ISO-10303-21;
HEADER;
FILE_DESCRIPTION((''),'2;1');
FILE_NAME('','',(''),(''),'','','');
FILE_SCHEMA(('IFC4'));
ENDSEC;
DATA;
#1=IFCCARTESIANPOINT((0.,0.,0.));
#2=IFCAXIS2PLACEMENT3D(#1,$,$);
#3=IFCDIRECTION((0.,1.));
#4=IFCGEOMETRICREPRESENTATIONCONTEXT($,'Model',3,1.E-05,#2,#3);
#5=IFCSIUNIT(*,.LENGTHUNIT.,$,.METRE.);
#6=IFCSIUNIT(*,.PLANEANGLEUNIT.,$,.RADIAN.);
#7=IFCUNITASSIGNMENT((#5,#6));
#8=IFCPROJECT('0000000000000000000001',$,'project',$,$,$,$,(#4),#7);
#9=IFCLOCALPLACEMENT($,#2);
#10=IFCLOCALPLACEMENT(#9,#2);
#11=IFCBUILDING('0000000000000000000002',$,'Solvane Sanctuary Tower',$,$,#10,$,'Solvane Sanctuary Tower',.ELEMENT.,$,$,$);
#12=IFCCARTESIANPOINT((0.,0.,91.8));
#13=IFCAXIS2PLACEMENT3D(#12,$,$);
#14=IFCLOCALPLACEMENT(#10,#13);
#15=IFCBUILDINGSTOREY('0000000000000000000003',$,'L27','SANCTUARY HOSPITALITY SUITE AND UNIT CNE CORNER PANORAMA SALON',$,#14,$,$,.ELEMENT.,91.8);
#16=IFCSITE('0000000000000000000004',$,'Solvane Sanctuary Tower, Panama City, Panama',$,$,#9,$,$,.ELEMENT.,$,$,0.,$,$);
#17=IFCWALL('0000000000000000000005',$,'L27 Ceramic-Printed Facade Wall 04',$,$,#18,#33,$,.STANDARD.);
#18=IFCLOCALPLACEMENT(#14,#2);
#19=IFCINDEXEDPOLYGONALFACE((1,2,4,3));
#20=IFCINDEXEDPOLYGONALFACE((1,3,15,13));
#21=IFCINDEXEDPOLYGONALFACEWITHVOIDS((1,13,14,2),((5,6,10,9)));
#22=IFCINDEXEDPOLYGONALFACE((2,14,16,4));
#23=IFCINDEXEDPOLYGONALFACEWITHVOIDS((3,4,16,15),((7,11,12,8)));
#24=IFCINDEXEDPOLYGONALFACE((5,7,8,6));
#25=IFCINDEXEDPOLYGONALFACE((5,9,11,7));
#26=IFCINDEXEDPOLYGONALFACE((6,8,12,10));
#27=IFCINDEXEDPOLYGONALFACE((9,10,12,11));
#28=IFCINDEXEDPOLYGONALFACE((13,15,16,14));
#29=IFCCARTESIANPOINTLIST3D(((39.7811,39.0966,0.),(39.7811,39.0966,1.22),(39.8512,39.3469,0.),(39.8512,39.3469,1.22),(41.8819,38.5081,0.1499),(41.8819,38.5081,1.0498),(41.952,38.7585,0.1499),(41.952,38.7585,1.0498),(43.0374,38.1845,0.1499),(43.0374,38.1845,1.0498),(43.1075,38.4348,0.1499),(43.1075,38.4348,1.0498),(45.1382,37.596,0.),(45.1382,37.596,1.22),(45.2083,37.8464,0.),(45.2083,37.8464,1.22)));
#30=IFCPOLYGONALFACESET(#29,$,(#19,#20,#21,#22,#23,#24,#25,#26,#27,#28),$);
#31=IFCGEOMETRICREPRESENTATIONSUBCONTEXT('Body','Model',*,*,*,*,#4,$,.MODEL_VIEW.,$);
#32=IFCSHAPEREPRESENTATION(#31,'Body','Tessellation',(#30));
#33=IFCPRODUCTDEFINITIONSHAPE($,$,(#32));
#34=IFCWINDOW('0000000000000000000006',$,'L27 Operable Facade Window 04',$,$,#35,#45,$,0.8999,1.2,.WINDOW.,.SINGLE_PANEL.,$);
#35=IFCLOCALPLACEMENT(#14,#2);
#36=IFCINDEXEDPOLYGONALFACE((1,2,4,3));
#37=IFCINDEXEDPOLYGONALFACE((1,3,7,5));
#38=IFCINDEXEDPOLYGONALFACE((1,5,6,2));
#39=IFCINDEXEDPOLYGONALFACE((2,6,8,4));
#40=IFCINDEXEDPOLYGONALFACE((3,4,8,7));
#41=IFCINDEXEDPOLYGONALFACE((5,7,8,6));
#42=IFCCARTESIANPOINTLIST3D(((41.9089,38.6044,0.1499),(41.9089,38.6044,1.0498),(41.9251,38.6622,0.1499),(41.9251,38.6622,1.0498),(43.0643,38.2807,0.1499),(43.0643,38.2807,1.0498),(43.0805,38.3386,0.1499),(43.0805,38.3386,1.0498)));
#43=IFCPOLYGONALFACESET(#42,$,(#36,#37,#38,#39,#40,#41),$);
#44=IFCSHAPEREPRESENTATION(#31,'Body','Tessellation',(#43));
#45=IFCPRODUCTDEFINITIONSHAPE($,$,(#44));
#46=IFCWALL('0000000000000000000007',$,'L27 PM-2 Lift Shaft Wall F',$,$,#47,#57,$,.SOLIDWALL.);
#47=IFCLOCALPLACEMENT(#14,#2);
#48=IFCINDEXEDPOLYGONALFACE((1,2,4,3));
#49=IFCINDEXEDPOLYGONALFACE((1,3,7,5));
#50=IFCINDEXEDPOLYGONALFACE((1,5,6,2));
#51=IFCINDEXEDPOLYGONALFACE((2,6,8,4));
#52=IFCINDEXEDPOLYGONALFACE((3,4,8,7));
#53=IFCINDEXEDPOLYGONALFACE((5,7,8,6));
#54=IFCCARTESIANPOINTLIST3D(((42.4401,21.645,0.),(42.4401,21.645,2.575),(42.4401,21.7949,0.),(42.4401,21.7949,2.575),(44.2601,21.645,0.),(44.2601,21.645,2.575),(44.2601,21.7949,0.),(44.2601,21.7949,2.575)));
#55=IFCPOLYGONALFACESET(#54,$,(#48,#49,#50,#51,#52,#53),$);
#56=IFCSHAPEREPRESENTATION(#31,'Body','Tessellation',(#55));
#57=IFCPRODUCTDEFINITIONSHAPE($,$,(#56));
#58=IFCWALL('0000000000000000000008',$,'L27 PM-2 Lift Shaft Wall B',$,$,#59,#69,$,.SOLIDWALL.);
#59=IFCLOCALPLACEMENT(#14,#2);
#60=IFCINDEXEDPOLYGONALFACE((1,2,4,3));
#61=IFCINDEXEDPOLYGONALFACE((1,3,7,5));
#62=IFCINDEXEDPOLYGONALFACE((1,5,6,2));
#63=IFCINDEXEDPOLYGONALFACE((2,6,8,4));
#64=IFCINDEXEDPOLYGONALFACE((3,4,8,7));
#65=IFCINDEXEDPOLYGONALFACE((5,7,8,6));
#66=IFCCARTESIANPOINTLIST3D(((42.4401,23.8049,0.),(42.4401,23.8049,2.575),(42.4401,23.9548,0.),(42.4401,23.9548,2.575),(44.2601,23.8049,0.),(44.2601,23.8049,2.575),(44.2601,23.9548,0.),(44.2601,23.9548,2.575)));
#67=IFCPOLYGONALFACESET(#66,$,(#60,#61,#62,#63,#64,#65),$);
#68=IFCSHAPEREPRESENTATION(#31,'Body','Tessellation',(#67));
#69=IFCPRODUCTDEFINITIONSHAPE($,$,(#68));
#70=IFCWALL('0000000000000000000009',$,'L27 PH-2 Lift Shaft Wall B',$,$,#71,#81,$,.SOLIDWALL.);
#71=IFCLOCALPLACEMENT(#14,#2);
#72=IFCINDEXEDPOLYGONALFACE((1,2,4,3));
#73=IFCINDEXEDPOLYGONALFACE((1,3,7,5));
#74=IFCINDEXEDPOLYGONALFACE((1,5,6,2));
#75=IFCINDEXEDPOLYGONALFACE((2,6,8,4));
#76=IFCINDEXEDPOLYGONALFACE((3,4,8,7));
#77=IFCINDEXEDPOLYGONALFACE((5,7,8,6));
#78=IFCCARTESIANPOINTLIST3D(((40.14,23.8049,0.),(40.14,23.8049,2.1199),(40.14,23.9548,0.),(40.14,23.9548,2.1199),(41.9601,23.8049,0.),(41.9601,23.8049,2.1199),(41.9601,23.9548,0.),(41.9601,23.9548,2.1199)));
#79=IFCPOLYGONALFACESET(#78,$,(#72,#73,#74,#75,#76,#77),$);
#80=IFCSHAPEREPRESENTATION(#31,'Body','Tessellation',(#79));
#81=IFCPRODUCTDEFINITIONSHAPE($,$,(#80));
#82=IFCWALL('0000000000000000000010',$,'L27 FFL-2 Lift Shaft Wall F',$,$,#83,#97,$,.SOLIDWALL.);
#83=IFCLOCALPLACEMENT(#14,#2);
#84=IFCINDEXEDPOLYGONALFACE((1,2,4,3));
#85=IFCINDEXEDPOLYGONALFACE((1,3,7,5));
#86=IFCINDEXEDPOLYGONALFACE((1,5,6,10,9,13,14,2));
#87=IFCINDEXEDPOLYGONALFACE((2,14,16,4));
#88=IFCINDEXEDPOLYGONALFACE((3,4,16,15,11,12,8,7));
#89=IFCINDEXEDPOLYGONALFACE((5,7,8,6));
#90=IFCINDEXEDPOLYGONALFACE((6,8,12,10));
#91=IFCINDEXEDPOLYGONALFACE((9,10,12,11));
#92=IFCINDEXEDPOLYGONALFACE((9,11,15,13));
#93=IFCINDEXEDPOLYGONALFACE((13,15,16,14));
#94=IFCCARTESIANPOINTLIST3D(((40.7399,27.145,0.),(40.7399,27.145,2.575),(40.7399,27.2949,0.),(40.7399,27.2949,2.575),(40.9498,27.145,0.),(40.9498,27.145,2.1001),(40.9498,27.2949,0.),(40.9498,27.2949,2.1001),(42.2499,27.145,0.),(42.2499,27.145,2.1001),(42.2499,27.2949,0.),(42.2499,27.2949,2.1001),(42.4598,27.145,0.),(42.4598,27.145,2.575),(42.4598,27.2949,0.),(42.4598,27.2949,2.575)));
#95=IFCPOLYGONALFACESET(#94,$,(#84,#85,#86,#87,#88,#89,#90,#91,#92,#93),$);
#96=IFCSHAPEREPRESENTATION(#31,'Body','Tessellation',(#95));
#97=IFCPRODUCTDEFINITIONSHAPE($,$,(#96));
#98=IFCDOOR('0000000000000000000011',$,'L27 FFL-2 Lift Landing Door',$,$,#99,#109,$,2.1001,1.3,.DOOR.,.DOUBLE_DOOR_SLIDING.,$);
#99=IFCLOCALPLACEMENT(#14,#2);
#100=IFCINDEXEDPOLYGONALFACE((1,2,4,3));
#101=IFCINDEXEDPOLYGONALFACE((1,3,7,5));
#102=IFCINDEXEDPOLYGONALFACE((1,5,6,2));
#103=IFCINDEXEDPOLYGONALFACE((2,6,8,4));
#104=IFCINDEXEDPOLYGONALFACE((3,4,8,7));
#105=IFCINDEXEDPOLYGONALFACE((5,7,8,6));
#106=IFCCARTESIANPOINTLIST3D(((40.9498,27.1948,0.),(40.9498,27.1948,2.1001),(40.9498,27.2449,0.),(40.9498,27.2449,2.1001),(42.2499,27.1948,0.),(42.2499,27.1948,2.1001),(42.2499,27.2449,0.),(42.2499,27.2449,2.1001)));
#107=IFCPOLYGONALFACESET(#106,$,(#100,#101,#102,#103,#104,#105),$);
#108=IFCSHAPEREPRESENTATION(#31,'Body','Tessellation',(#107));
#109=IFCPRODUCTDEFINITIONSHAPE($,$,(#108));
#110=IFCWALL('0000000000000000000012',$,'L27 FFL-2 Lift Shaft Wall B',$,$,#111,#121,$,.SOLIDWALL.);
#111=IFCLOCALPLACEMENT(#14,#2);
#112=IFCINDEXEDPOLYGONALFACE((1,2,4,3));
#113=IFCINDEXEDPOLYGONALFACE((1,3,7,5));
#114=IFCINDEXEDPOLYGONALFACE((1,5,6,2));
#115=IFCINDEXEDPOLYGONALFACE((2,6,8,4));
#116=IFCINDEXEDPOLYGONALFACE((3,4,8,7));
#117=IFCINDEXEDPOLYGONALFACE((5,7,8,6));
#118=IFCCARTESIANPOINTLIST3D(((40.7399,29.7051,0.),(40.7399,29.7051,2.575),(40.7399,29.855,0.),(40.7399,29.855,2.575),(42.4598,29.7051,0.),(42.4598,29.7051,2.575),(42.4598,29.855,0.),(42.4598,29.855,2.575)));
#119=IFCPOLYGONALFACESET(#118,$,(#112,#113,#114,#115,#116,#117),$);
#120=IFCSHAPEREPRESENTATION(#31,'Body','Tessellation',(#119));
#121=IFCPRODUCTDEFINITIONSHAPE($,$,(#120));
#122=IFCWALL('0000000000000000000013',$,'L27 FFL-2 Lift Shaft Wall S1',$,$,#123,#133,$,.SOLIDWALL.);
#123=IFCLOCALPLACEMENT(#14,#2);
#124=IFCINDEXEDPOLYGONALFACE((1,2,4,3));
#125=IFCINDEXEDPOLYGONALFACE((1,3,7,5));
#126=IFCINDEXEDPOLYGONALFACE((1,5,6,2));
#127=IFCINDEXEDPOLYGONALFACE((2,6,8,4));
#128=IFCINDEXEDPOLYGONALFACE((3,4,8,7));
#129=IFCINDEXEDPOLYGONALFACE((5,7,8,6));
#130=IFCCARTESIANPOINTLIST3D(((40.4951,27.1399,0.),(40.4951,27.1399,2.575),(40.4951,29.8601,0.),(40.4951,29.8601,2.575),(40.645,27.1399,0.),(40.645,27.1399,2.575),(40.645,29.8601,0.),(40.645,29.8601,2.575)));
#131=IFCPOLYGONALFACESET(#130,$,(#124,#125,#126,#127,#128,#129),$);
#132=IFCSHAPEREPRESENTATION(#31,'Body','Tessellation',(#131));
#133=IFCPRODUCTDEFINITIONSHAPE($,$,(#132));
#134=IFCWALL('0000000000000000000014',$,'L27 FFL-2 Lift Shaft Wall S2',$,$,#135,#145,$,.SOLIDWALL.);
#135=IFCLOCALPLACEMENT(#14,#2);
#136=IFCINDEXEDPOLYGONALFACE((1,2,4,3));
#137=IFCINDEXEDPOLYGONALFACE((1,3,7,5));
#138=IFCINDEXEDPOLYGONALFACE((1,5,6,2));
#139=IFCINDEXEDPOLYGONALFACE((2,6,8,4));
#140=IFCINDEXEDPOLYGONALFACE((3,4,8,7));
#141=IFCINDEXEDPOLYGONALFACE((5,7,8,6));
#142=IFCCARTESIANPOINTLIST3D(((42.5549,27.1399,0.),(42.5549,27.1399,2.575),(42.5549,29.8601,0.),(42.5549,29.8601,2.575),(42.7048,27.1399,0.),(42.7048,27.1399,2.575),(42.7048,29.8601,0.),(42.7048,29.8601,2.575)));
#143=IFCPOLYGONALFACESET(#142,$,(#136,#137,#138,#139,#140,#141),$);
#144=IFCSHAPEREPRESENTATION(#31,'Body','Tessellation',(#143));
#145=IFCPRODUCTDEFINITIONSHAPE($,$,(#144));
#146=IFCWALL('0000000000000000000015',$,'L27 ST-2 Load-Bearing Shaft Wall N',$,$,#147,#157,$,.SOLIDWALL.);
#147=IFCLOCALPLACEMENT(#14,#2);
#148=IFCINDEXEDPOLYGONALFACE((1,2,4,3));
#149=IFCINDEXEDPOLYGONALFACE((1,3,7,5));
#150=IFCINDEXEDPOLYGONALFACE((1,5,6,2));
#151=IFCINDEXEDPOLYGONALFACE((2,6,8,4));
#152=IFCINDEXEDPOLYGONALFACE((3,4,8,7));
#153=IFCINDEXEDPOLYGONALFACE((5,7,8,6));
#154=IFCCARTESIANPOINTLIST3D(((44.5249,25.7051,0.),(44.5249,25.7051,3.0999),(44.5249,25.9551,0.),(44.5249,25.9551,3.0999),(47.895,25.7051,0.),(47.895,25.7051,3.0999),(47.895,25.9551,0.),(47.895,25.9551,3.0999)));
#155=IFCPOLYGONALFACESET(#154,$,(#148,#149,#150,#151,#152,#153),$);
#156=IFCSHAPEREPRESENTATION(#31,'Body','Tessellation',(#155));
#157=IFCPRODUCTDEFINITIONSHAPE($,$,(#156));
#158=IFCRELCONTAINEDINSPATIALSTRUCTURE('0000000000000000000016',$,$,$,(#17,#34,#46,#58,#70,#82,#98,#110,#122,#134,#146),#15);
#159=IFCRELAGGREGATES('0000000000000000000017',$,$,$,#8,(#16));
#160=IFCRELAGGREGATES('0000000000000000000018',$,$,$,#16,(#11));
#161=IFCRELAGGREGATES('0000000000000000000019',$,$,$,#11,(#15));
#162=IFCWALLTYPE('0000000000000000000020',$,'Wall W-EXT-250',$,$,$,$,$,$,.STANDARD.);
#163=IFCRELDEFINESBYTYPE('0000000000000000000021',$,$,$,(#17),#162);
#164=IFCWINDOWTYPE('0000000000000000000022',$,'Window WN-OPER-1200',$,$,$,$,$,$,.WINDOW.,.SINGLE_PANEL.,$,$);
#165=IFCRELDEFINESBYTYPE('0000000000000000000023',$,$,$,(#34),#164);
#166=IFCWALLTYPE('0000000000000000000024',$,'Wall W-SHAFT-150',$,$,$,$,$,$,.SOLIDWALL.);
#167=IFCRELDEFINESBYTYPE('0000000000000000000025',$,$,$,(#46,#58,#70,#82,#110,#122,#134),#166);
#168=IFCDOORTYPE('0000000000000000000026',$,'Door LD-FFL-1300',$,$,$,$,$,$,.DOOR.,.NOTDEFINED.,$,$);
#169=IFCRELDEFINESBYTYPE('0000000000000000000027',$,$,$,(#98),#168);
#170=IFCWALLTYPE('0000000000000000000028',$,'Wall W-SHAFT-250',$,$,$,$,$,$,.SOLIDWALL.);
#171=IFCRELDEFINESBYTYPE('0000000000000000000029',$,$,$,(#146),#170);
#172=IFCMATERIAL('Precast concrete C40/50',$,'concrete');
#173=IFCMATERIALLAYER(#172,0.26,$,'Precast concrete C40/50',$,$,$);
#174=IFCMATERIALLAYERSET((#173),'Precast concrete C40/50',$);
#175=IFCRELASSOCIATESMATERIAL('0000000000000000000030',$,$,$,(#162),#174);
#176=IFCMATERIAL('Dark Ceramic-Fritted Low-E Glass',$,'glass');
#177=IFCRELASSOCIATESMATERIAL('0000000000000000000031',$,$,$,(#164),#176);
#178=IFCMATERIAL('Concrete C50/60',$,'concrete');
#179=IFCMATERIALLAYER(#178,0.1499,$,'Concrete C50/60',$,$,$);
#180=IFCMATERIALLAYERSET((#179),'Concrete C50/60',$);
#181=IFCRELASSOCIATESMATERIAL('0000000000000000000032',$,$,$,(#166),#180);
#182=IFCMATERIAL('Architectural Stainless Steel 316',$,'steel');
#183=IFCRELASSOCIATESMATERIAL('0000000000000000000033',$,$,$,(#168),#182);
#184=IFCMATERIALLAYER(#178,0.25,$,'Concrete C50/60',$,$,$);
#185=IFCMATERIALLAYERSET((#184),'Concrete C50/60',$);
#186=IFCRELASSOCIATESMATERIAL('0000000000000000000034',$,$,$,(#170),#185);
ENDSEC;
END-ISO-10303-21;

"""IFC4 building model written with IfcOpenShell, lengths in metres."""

from ifc_helpers import new_model, si_unit, direction, frame, frame_2d, origin, place, context, subcontext, project, spatial, rectangle, extrude, material, layer, layer_set, type_object, element, fill, save


model = new_model("IFC4")

# Units and contexts
model_context = context("Model", 3, precision=1e-05, world=origin(), true_north=direction((0.0, 1.0)))
body_context = subcontext(model_context, "Body", "Model", "MODEL_VIEW")
ifc_project = project(units=[si_unit("LENGTHUNIT", "METRE"), si_unit("PLANEANGLEUNIT", "RADIAN")], contexts=[model_context])

# Site, building, storey
site_placement = place(None, origin())
site = spatial("IfcSite", under=ifc_project, at=site_placement, Name="Solvane Sanctuary Tower, Panama City, Panama", CompositionType="ELEMENT", RefElevation=0.0)
building_placement = place(site_placement, origin())
building = spatial("IfcBuilding", under=site, at=building_placement, Name="Solvane Sanctuary Tower", LongName="Solvane Sanctuary Tower", CompositionType="ELEMENT")
storey_placement = place(building_placement, frame((0.0, 0.0, 91.8)))
storey = spatial("IfcBuildingStorey", under=building, at=storey_placement, Name="L27", Description="SANCTUARY HOSPITALITY SUITE AND UNIT CNE CORNER PANORAMA SALON", CompositionType="ELEMENT", Elevation=91.8)

# Wall, opening, window
ifc_material_1 = material(Name="Precast concrete C40/50", Category="concrete")
ifc_layer_1 = layer(ifc_material_1, 0.26, Name="Precast concrete C40/50")
ifc_layer_set_1 = layer_set([ifc_layer_1], Name="Precast concrete C40/50")
wall_type_1 = type_object("IfcWallType", Name="Wall W-EXT-250", PredefinedType="STANDARD", material=ifc_layer_set_1)
wall_1_placement = place(storey_placement, frame((45.1733, 37.7212, 0.0), z_axis=(0.0, 0.0, 1.0), x_axis=(-0.962938, 0.269721, 0.0)))
wall_1 = element("IfcWall", 1, at=wall_1_placement, inside=storey, type_object=wall_type_1, Name="L27 Ceramic-Printed Facade Wall 04", PredefinedType="STANDARD", context=body_context, shape_type="SweptSolid", body=[
    extrude(rectangle(XDim=5.5632, YDim=0.26, at=frame_2d((2.7817, 0.0))), origin(), (0.0, 0.0, 1.0), 1.22),
])
opening_1_placement = place(wall_1_placement, frame((2.1816, 0.0, 0.1499)))
opening_1 = element("IfcOpeningElement", 2, at=opening_1_placement, cuts=wall_1, PredefinedType="OPENING", context=body_context, shape_type="SweptSolid", body=[
    extrude(rectangle(XDim=1.2, YDim=0.8999, at=frame_2d((0.6001, 0.45))), frame((0.0, 0.1399, 0.0), z_axis=(0.0, -1.0, 0.0), x_axis=(1.0, 0.0, 0.0)), (0.0, 0.0, 1.0), 0.28),
])
ifc_material_2 = material(Name="Dark Ceramic-Fritted Low-E Glass", Category="glass")
window_type = type_object("IfcWindowType", Name="Window WN-OPER-1200", PartitioningType="SINGLE_PANEL", PredefinedType="WINDOW", material=ifc_material_2)
window_placement = place(opening_1_placement, origin())
window = element("IfcWindow", 3, at=window_placement, inside=storey, type_object=window_type, Name="L27 Operable Facade Window 04", OverallHeight=0.8999, OverallWidth=1.2, PartitioningType="SINGLE_PANEL", PredefinedType="WINDOW", context=body_context, shape_type="SweptSolid", body=[
    extrude(rectangle(XDim=1.2, YDim=0.8999, at=frame_2d((0.6001, 0.45))), frame((0.0, 0.03, 0.0), z_axis=(0.0, -1.0, 0.0), x_axis=(1.0, 0.0, 0.0)), (0.0, 0.0, 1.0), 0.0601),
])
fill(opening_1, window)

# Walls
ifc_material_3 = material(Name="Concrete C50/60", Category="concrete")
ifc_layer_2 = layer(ifc_material_3, 0.1499, Name="Concrete C50/60")
ifc_layer_set_2 = layer_set([ifc_layer_2], Name="Concrete C50/60")
wall_type_2 = type_object("IfcWallType", Name="Wall W-SHAFT-150", PredefinedType="SOLIDWALL", material=ifc_layer_set_2)
for number, where, z_axis, x_axis, name in (
    (4, (42.4399, 21.72, 0.0), (0.0, 0.0, 1.0), (1.0, 0.0, 0.0), "L27 PM-2 Lift Shaft Wall F"),
    (5, (42.4399, 23.8799, 0.0), (0.0, 0.0, 1.0), (1.0, 0.0, 0.0), "L27 PM-2 Lift Shaft Wall B"),
):
    element("IfcWall", number, at=place(storey_placement, frame(where, z_axis=z_axis, x_axis=x_axis)), inside=storey, type_object=wall_type_2, Name=name, PredefinedType="SOLIDWALL", context=body_context, shape_type="SweptSolid", body=[
        extrude(rectangle(XDim=1.8201, YDim=0.1499, at=frame_2d((0.9102, 0.0))), origin(), (0.0, 0.0, 1.0), 2.575),
    ])
wall_2_placement = place(storey_placement, frame((40.1399, 23.8799, 0.0), z_axis=(0.0, 0.0, 1.0), x_axis=(1.0, 0.0, 0.0)))
element("IfcWall", 6, at=wall_2_placement, inside=storey, type_object=wall_type_2, Name="L27 PH-2 Lift Shaft Wall B", PredefinedType="SOLIDWALL", context=body_context, shape_type="SweptSolid", body=[
    extrude(rectangle(XDim=1.8201, YDim=0.1499, at=frame_2d((0.9102, 0.0))), origin(), (0.0, 0.0, 1.0), 2.1199),
])

# Wall, opening, door
wall_3_placement = place(storey_placement, frame((40.74, 27.22, 0.0), z_axis=(0.0, 0.0, 1.0), x_axis=(1.0, 0.0, 0.0)))
wall_3 = element("IfcWall", 7, at=wall_3_placement, inside=storey, type_object=wall_type_2, Name="L27 FFL-2 Lift Shaft Wall F", PredefinedType="SOLIDWALL", context=body_context, shape_type="SweptSolid", body=[
    extrude(rectangle(XDim=1.72, YDim=0.1499, at=frame_2d((0.8599, 0.0))), origin(), (0.0, 0.0, 1.0), 2.575),
])
opening_2_placement = place(wall_3_placement, frame((0.21, 0.0, 0.0)))
opening_2 = element("IfcOpeningElement", 8, at=opening_2_placement, cuts=wall_3, PredefinedType="OPENING", context=body_context, shape_type="SweptSolid", body=[
    extrude(rectangle(XDim=1.3, YDim=2.1001, at=frame_2d((0.6499, 1.05))), frame((0.0, 0.085, 0.0), z_axis=(0.0, -1.0, 0.0), x_axis=(1.0, 0.0, 0.0)), (0.0, 0.0, 1.0), 0.1699),
])
ifc_material_4 = material(Name="Architectural Stainless Steel 316", Category="steel")
door_type_1 = type_object("IfcDoorType", Name="Door LD-FFL-1300", OperationType="NOTDEFINED", PredefinedType="DOOR", material=ifc_material_4)
door_1_placement = place(opening_2_placement, origin())
door_1 = element("IfcDoor", 9, at=door_1_placement, inside=storey, type_object=door_type_1, Name="L27 FFL-2 Lift Landing Door", OperationType="DOUBLE_DOOR_SLIDING", OverallHeight=2.1001, OverallWidth=1.3, PredefinedType="DOOR", context=body_context, shape_type="SweptSolid", body=[
    extrude(rectangle(XDim=1.3, YDim=2.1001, at=frame_2d((0.6499, 1.05))), frame((0.0, 0.0249, 0.0), z_axis=(0.0, -1.0, 0.0), x_axis=(1.0, 0.0, 0.0)), (0.0, 0.0, 1.0), 0.05),
])
fill(opening_2, door_1)

# Walls
wall_4_placement = place(storey_placement, frame((40.74, 29.78, 0.0), z_axis=(0.0, 0.0, 1.0), x_axis=(1.0, 0.0, 0.0)))
element("IfcWall", 10, at=wall_4_placement, inside=storey, type_object=wall_type_2, Name="L27 FFL-2 Lift Shaft Wall B", PredefinedType="SOLIDWALL", context=body_context, shape_type="SweptSolid", body=[
    extrude(rectangle(XDim=1.72, YDim=0.1499, at=frame_2d((0.8599, 0.0))), origin(), (0.0, 0.0, 1.0), 2.575),
])
for number, where, z_axis, x_axis, name in (
    (11, (40.5701, 27.1399, 0.0), (0.0, 0.0, 1.0), (0.0, 1.0, 0.0), "L27 FFL-2 Lift Shaft Wall S1"),
    (12, (42.6299, 27.1399, 0.0), (0.0, 0.0, 1.0), (0.0, 1.0, 0.0), "L27 FFL-2 Lift Shaft Wall S2"),
):
    element("IfcWall", number, at=place(storey_placement, frame(where, z_axis=z_axis, x_axis=x_axis)), inside=storey, type_object=wall_type_2, Name=name, PredefinedType="SOLIDWALL", context=body_context, shape_type="SweptSolid", body=[
        extrude(rectangle(XDim=2.7202, YDim=0.1499, at=frame_2d((1.3601, 0.0))), origin(), (0.0, 0.0, 1.0), 2.575),
    ])
ifc_layer_3 = layer(ifc_material_3, 0.25, Name="Concrete C50/60")
ifc_layer_set_3 = layer_set([ifc_layer_3], Name="Concrete C50/60")
wall_type_3 = type_object("IfcWallType", Name="Wall W-SHAFT-250", PredefinedType="SOLIDWALL", material=ifc_layer_set_3)
wall_5_placement = place(storey_placement, frame((44.5249, 25.8301, 0.0), z_axis=(0.0, 0.0, 1.0), x_axis=(1.0, 0.0, 0.0)))
element("IfcWall", 13, at=wall_5_placement, inside=storey, type_object=wall_type_3, Name="L27 ST-2 Load-Bearing Shaft Wall N", PredefinedType="SOLIDWALL", context=body_context, shape_type="SweptSolid", body=[
    extrude(rectangle(XDim=3.3701, YDim=0.25, at=frame_2d((1.6851, 0.0))), origin(), (0.0, 0.0, 1.0), 3.0999),
])

save(model, "model.ifc")
